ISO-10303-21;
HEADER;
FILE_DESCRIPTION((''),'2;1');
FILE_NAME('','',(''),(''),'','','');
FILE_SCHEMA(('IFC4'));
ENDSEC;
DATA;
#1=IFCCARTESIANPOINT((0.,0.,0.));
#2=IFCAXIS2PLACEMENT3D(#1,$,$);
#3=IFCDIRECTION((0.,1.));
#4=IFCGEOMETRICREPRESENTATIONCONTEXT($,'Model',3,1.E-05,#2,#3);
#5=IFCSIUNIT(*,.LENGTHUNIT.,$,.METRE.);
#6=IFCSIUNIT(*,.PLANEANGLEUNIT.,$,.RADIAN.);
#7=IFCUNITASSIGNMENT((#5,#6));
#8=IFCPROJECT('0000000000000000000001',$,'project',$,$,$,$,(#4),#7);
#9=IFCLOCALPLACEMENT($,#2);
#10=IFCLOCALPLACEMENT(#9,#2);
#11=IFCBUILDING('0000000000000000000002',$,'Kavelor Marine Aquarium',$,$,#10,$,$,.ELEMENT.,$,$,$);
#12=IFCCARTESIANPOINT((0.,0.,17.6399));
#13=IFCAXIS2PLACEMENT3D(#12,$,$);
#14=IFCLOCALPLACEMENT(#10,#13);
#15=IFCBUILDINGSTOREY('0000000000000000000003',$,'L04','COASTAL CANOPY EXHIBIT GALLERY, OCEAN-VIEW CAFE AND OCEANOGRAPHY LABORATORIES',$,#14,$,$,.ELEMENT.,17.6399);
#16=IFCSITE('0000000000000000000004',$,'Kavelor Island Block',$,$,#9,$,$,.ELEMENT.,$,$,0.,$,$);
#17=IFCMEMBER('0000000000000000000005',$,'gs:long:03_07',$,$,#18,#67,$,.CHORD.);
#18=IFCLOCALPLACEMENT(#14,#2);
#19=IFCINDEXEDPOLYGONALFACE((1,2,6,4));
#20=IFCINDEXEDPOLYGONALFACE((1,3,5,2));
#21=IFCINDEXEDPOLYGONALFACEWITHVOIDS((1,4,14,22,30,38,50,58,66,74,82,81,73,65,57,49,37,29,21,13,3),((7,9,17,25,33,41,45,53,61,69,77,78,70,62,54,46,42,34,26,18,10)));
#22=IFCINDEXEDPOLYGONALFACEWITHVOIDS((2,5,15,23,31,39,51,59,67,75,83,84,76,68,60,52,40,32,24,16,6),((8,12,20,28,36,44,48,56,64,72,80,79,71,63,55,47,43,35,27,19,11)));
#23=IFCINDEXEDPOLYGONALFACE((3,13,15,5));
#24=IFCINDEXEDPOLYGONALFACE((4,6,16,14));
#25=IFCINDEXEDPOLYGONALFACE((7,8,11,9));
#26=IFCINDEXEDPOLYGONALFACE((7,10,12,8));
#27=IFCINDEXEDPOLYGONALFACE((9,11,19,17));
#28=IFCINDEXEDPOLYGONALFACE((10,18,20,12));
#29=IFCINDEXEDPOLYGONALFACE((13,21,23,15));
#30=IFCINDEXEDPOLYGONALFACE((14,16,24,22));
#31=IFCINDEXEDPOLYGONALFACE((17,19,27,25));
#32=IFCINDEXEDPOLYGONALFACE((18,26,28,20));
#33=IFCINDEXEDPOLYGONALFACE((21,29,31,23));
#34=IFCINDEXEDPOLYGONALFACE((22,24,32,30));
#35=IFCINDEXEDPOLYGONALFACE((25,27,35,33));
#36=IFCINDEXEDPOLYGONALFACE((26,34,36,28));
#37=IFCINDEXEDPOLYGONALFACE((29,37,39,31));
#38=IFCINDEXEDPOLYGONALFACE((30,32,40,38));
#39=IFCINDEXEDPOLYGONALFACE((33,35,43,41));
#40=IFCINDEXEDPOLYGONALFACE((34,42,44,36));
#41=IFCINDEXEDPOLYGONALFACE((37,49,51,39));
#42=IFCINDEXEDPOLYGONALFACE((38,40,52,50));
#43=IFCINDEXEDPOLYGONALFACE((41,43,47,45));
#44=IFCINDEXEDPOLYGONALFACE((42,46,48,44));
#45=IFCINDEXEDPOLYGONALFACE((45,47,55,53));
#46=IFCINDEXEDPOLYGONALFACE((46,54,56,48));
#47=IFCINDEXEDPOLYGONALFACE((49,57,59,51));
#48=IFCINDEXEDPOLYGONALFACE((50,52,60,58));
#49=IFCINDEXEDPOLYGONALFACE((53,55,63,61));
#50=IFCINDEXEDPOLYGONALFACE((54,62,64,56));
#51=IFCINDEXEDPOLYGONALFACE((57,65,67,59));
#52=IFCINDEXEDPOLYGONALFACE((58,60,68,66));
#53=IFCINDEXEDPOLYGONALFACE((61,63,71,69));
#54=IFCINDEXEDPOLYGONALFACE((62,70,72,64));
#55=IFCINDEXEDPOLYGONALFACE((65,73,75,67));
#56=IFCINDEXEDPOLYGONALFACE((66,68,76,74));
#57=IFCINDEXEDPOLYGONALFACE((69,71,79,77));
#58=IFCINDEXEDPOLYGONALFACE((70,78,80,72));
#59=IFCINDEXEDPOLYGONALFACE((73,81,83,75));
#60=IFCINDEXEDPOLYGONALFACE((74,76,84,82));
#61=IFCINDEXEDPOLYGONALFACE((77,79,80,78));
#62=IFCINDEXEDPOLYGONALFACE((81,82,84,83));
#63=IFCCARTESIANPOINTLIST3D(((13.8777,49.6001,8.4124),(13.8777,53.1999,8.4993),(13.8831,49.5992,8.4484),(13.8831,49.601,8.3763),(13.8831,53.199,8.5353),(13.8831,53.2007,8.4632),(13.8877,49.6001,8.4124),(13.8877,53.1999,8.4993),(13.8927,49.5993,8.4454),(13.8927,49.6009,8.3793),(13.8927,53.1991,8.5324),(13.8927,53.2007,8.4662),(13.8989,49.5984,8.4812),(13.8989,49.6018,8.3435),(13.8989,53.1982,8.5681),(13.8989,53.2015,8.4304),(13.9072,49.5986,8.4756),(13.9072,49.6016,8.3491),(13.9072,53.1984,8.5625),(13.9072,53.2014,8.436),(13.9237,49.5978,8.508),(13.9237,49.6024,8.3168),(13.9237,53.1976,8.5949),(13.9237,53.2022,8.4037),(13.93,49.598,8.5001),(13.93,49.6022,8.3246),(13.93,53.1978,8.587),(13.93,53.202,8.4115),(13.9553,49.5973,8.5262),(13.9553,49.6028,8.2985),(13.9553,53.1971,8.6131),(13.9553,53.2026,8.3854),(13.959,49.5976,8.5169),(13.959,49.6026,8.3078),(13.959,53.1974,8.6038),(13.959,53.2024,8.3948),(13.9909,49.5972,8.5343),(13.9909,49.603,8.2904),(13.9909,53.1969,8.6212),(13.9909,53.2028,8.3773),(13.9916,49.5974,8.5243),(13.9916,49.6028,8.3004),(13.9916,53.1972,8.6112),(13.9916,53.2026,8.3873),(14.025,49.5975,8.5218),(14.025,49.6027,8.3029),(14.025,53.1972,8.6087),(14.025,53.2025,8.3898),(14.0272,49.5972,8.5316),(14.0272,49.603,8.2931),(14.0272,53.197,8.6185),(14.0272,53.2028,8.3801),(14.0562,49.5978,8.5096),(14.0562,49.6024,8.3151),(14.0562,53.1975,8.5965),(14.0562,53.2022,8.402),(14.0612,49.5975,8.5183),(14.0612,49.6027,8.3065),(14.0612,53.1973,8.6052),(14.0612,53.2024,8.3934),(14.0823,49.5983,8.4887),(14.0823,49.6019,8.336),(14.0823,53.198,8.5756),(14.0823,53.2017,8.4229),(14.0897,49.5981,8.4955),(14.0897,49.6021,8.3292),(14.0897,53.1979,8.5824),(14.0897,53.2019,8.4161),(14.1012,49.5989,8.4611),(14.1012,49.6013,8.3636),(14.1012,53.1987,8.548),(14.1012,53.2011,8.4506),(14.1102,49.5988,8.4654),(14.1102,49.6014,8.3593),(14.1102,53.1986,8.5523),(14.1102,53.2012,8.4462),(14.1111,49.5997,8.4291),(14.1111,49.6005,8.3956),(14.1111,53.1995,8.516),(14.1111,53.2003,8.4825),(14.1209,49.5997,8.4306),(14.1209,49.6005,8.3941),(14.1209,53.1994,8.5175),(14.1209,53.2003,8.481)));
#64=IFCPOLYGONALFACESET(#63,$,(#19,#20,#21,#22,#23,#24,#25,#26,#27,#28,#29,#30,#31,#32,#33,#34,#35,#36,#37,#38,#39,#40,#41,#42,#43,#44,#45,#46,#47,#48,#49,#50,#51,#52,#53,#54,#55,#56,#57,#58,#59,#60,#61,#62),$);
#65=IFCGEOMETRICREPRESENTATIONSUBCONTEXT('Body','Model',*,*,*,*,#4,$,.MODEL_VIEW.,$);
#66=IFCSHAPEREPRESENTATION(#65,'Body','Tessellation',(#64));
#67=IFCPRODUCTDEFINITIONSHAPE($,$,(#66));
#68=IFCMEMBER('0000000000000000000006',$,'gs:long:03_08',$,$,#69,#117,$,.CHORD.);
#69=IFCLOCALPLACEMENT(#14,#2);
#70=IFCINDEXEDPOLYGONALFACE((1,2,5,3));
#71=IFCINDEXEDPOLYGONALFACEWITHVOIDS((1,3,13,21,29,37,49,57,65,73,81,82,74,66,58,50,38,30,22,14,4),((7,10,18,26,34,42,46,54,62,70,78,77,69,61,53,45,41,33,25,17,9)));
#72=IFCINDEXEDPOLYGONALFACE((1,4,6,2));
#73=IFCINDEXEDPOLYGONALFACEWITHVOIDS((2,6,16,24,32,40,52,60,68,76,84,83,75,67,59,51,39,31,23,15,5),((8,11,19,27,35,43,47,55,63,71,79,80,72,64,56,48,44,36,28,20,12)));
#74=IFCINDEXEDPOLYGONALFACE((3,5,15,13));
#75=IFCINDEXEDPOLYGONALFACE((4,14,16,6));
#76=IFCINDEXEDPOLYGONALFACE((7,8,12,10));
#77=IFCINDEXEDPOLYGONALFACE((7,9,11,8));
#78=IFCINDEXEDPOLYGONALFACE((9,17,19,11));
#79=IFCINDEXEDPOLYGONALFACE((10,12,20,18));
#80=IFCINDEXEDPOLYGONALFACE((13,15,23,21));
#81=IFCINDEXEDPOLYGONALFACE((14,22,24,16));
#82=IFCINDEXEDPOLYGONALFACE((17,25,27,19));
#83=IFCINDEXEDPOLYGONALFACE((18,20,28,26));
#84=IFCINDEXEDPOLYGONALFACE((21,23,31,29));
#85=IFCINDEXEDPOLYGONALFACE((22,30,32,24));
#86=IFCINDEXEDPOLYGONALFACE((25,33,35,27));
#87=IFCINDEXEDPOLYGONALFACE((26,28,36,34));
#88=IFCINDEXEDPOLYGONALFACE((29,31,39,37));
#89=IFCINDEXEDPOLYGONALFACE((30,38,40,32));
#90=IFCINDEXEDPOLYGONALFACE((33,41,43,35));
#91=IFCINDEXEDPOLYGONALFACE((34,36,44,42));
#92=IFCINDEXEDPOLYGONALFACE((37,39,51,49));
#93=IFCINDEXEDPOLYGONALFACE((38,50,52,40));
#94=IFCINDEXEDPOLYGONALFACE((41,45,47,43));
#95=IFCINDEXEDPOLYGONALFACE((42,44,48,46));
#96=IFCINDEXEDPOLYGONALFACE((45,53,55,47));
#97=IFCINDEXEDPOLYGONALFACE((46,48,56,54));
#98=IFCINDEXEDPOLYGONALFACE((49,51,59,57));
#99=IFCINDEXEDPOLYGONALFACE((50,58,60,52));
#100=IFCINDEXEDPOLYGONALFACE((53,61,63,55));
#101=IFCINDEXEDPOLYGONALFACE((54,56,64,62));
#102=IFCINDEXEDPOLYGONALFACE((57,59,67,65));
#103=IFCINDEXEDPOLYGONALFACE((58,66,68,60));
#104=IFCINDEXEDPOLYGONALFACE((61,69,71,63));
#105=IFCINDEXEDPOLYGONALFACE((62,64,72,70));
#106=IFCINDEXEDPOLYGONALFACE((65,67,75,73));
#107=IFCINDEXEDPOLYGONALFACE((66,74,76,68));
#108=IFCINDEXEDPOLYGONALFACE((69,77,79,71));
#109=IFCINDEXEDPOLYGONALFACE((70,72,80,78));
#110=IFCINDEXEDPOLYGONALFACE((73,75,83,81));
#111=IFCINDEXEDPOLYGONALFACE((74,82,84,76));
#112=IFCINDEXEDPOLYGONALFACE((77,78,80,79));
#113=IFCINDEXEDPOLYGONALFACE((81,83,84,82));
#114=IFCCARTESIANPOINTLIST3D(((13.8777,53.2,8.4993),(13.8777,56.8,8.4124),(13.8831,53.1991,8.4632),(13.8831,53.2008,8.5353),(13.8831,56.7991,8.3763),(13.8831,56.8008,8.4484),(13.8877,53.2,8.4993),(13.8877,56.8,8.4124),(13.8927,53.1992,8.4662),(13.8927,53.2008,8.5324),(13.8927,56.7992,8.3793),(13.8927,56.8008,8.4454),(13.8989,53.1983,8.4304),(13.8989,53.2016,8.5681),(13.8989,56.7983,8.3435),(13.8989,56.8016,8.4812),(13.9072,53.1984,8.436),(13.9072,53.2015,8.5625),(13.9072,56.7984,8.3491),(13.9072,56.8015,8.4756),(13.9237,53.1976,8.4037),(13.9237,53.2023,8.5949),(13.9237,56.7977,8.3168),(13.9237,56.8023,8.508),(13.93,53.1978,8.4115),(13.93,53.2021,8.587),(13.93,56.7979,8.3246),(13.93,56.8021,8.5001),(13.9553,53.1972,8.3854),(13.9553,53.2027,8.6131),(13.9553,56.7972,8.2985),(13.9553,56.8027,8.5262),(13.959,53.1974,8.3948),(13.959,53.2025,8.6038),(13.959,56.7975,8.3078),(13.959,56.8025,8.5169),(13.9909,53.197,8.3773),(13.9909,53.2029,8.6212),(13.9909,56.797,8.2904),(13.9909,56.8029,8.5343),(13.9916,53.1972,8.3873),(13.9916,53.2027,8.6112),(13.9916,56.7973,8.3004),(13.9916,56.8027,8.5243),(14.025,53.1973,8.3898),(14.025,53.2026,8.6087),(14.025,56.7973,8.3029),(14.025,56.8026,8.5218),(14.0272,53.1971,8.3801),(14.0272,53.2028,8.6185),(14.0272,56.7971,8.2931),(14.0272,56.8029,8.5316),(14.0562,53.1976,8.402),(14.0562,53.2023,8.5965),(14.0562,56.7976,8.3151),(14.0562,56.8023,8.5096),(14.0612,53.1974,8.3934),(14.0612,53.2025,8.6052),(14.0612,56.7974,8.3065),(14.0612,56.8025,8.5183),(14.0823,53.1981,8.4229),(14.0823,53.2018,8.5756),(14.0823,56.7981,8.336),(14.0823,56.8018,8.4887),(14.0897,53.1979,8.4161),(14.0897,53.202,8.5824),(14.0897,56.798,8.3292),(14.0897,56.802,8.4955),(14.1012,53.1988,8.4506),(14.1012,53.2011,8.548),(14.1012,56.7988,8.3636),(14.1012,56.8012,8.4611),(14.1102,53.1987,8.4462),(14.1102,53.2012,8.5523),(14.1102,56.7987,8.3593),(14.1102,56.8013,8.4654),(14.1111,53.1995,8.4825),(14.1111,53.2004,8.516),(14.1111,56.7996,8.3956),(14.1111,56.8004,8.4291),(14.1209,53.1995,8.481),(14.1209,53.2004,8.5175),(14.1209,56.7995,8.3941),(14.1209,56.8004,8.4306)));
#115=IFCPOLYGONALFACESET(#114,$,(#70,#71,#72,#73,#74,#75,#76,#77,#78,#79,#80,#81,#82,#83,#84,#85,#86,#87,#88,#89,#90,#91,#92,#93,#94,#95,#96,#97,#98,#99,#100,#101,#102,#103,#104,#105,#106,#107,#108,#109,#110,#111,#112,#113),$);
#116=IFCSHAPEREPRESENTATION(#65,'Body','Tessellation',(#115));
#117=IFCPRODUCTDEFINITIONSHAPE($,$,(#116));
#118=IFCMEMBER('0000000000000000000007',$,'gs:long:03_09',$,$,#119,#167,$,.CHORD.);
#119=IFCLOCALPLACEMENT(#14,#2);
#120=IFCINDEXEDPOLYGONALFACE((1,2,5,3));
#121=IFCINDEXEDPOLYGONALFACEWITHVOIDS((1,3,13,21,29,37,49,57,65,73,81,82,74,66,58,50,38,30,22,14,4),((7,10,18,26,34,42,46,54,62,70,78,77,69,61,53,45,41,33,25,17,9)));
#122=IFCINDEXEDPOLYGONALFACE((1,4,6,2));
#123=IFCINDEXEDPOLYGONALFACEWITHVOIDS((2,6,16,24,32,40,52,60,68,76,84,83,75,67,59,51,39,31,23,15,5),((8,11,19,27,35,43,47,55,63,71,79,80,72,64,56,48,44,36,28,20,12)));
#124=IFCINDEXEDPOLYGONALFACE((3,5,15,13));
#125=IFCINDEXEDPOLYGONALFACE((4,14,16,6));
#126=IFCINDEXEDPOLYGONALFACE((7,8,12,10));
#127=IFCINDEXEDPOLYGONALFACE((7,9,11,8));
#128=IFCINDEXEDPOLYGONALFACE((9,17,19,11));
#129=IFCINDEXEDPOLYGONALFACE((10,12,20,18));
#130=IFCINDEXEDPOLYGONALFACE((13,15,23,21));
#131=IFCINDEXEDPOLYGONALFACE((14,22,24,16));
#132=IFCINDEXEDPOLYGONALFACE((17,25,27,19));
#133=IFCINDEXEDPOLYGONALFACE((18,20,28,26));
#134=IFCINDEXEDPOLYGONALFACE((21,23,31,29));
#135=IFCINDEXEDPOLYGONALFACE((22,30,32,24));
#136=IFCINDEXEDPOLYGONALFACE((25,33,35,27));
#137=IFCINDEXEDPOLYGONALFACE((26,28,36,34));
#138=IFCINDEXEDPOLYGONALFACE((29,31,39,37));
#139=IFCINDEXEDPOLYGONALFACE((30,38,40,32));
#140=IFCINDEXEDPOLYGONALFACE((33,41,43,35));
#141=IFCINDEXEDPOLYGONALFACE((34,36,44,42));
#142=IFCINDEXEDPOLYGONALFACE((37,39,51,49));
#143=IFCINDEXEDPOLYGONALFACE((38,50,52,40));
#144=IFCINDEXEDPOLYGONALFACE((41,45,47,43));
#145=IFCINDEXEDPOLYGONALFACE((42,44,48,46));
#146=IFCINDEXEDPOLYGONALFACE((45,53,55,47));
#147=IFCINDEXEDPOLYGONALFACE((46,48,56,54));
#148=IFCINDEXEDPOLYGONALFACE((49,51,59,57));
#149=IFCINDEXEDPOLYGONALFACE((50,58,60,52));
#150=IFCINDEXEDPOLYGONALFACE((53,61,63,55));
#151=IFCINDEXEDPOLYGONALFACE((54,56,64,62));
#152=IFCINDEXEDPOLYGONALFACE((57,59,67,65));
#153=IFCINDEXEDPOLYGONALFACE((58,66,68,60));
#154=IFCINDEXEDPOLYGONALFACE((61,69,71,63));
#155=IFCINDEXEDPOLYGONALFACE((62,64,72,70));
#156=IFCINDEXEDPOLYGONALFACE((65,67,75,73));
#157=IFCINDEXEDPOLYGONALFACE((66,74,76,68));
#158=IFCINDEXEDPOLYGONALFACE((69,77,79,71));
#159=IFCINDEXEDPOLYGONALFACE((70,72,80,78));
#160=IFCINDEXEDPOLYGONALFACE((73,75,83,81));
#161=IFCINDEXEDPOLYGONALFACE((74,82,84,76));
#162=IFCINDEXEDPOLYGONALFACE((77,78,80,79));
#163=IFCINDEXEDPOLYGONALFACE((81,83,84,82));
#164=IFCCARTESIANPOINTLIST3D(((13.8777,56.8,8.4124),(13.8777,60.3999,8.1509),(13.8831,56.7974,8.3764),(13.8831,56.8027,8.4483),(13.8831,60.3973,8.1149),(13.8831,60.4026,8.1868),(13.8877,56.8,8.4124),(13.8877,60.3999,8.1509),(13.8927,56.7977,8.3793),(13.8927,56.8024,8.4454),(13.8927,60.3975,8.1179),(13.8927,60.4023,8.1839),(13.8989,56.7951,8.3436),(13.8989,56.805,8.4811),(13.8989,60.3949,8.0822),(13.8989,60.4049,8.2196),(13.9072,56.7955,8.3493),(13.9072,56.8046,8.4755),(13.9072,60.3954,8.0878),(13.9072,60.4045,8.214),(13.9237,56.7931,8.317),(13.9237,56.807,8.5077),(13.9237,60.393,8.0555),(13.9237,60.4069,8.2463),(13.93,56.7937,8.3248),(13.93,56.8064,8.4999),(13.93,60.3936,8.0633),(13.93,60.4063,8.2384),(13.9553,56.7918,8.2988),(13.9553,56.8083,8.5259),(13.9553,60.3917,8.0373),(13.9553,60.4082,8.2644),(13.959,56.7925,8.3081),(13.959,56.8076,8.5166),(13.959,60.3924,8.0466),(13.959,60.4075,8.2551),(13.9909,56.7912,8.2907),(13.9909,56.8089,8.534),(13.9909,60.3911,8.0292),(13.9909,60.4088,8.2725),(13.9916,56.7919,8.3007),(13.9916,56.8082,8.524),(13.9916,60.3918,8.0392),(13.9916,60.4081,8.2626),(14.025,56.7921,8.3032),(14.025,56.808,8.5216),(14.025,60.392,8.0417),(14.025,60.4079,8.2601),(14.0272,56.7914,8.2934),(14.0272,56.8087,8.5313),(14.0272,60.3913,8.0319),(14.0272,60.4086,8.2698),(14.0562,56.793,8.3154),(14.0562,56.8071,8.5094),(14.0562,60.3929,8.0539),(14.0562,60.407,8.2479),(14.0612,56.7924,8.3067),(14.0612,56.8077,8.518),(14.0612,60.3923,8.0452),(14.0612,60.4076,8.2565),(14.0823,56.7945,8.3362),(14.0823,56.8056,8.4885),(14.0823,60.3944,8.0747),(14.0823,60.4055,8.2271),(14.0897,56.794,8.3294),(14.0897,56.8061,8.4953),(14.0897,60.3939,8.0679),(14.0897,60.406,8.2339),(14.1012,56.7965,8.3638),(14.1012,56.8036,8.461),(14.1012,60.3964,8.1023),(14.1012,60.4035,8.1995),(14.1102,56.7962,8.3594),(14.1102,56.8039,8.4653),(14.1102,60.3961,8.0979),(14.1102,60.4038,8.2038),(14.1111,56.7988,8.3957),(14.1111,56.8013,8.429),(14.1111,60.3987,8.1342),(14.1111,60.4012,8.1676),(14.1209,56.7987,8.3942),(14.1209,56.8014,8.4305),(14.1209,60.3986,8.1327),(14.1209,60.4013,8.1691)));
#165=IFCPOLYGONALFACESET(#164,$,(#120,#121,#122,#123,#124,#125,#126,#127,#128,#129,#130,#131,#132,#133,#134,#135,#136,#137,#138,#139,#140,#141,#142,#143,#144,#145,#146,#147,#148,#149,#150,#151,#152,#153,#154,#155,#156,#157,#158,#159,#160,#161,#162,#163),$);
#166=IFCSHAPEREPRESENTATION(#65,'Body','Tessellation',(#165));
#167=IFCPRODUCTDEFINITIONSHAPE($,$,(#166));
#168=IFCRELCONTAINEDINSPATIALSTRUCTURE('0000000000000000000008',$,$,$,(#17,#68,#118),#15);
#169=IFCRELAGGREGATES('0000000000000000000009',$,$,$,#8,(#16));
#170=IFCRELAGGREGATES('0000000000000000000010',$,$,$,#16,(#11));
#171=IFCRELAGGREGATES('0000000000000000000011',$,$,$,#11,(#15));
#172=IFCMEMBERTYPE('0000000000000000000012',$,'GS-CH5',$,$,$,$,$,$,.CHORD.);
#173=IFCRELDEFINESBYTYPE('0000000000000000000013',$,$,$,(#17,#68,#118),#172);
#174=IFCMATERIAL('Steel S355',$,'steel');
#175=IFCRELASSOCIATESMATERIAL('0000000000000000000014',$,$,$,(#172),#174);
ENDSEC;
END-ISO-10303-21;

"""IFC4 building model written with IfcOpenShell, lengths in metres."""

from ifc_helpers import new_model, si_unit, direction, frame, origin, origin_2d, place, context, subcontext, project, spatial, hollow_circle, extrude, material, material_profile, profile_set, type_object, element, save


model = new_model("IFC4")

# Units and contexts
model_context = context("Model", 3, precision=1e-05, world=origin(), true_north=direction((0.0, 1.0)))
body_context = subcontext(model_context, "Body", "Model", "MODEL_VIEW")
ifc_project = project(units=[si_unit("LENGTHUNIT", "METRE"), si_unit("PLANEANGLEUNIT", "RADIAN")], contexts=[model_context])

# Site, building, storey
site_placement = place(None, origin())
site = spatial("IfcSite", under=ifc_project, at=site_placement, Name="Kavelor Island Block", CompositionType="ELEMENT", RefElevation=0.0)
building_placement = place(site_placement, origin())
building = spatial("IfcBuilding", under=site, at=building_placement, Name="Kavelor Marine Aquarium", CompositionType="ELEMENT")
storey_placement = place(building_placement, frame((0.0, 0.0, 17.6399)))
storey = spatial("IfcBuildingStorey", under=building, at=storey_placement, Name="L04", Description="COASTAL CANOPY EXHIBIT GALLERY, OCEAN-VIEW CAFE AND OCEANOGRAPHY LABORATORIES", CompositionType="ELEMENT", Elevation=17.6399)

# Members
ifc_material_1 = material(Name="Steel S355", Category="steel")
ifc_material_profile_1 = material_profile(ifc_material_1, hollow_circle(Radius=0.1223, WallThickness=0.01, at=origin_2d()), Name="CHS 244.5x10.0")
ifc_profile_set_1 = profile_set([ifc_material_profile_1], Name="Steel S355")
member_type_1 = type_object("IfcMemberType", Name="GS-CH5", PredefinedType="CHORD", material=ifc_profile_set_1)
member_1_placement = place(storey_placement, frame((14.0, 49.6001, 8.4124), z_axis=(0.0, 0.999709, 0.024137), x_axis=(-1.0, 0.0, 0.0)))
element("IfcMember", 1, at=member_1_placement, inside=storey, type_object=member_type_1, Name="gs:long:03_07", PredefinedType="CHORD", context=body_context, shape_type="SweptSolid", body=[
    extrude(hollow_circle(Radius=0.1223, WallThickness=0.01, at=origin_2d()), origin(), (0.0, 0.0, 1.0), 3.6008),
])
member_2_placement = place(storey_placement, frame((14.0, 53.2, 8.4993), z_axis=(0.0, 0.999709, -0.024135), x_axis=(-1.0, 0.0, 0.0)))
element("IfcMember", 2, at=member_2_placement, inside=storey, type_object=member_type_1, Name="gs:long:03_08", PredefinedType="CHORD", context=body_context, shape_type="SweptSolid", body=[
    extrude(hollow_circle(Radius=0.1223, WallThickness=0.01, at=origin_2d()), origin(), (0.0, 0.0, 1.0), 3.6011),
])
member_3_placement = place(storey_placement, frame((14.0, 56.8, 8.4124), z_axis=(0.0, 0.997372, -0.072444), x_axis=(-1.0, 0.0, 0.0)))
element("IfcMember", 3, at=member_3_placement, inside=storey, type_object=member_type_1, Name="gs:long:03_09", PredefinedType="CHORD", context=body_context, shape_type="SweptSolid", body=[
    extrude(hollow_circle(Radius=0.1223, WallThickness=0.01, at=origin_2d()), origin(), (0.0, 0.0, 1.0), 3.6094),
])

save(model, "model.ifc")
